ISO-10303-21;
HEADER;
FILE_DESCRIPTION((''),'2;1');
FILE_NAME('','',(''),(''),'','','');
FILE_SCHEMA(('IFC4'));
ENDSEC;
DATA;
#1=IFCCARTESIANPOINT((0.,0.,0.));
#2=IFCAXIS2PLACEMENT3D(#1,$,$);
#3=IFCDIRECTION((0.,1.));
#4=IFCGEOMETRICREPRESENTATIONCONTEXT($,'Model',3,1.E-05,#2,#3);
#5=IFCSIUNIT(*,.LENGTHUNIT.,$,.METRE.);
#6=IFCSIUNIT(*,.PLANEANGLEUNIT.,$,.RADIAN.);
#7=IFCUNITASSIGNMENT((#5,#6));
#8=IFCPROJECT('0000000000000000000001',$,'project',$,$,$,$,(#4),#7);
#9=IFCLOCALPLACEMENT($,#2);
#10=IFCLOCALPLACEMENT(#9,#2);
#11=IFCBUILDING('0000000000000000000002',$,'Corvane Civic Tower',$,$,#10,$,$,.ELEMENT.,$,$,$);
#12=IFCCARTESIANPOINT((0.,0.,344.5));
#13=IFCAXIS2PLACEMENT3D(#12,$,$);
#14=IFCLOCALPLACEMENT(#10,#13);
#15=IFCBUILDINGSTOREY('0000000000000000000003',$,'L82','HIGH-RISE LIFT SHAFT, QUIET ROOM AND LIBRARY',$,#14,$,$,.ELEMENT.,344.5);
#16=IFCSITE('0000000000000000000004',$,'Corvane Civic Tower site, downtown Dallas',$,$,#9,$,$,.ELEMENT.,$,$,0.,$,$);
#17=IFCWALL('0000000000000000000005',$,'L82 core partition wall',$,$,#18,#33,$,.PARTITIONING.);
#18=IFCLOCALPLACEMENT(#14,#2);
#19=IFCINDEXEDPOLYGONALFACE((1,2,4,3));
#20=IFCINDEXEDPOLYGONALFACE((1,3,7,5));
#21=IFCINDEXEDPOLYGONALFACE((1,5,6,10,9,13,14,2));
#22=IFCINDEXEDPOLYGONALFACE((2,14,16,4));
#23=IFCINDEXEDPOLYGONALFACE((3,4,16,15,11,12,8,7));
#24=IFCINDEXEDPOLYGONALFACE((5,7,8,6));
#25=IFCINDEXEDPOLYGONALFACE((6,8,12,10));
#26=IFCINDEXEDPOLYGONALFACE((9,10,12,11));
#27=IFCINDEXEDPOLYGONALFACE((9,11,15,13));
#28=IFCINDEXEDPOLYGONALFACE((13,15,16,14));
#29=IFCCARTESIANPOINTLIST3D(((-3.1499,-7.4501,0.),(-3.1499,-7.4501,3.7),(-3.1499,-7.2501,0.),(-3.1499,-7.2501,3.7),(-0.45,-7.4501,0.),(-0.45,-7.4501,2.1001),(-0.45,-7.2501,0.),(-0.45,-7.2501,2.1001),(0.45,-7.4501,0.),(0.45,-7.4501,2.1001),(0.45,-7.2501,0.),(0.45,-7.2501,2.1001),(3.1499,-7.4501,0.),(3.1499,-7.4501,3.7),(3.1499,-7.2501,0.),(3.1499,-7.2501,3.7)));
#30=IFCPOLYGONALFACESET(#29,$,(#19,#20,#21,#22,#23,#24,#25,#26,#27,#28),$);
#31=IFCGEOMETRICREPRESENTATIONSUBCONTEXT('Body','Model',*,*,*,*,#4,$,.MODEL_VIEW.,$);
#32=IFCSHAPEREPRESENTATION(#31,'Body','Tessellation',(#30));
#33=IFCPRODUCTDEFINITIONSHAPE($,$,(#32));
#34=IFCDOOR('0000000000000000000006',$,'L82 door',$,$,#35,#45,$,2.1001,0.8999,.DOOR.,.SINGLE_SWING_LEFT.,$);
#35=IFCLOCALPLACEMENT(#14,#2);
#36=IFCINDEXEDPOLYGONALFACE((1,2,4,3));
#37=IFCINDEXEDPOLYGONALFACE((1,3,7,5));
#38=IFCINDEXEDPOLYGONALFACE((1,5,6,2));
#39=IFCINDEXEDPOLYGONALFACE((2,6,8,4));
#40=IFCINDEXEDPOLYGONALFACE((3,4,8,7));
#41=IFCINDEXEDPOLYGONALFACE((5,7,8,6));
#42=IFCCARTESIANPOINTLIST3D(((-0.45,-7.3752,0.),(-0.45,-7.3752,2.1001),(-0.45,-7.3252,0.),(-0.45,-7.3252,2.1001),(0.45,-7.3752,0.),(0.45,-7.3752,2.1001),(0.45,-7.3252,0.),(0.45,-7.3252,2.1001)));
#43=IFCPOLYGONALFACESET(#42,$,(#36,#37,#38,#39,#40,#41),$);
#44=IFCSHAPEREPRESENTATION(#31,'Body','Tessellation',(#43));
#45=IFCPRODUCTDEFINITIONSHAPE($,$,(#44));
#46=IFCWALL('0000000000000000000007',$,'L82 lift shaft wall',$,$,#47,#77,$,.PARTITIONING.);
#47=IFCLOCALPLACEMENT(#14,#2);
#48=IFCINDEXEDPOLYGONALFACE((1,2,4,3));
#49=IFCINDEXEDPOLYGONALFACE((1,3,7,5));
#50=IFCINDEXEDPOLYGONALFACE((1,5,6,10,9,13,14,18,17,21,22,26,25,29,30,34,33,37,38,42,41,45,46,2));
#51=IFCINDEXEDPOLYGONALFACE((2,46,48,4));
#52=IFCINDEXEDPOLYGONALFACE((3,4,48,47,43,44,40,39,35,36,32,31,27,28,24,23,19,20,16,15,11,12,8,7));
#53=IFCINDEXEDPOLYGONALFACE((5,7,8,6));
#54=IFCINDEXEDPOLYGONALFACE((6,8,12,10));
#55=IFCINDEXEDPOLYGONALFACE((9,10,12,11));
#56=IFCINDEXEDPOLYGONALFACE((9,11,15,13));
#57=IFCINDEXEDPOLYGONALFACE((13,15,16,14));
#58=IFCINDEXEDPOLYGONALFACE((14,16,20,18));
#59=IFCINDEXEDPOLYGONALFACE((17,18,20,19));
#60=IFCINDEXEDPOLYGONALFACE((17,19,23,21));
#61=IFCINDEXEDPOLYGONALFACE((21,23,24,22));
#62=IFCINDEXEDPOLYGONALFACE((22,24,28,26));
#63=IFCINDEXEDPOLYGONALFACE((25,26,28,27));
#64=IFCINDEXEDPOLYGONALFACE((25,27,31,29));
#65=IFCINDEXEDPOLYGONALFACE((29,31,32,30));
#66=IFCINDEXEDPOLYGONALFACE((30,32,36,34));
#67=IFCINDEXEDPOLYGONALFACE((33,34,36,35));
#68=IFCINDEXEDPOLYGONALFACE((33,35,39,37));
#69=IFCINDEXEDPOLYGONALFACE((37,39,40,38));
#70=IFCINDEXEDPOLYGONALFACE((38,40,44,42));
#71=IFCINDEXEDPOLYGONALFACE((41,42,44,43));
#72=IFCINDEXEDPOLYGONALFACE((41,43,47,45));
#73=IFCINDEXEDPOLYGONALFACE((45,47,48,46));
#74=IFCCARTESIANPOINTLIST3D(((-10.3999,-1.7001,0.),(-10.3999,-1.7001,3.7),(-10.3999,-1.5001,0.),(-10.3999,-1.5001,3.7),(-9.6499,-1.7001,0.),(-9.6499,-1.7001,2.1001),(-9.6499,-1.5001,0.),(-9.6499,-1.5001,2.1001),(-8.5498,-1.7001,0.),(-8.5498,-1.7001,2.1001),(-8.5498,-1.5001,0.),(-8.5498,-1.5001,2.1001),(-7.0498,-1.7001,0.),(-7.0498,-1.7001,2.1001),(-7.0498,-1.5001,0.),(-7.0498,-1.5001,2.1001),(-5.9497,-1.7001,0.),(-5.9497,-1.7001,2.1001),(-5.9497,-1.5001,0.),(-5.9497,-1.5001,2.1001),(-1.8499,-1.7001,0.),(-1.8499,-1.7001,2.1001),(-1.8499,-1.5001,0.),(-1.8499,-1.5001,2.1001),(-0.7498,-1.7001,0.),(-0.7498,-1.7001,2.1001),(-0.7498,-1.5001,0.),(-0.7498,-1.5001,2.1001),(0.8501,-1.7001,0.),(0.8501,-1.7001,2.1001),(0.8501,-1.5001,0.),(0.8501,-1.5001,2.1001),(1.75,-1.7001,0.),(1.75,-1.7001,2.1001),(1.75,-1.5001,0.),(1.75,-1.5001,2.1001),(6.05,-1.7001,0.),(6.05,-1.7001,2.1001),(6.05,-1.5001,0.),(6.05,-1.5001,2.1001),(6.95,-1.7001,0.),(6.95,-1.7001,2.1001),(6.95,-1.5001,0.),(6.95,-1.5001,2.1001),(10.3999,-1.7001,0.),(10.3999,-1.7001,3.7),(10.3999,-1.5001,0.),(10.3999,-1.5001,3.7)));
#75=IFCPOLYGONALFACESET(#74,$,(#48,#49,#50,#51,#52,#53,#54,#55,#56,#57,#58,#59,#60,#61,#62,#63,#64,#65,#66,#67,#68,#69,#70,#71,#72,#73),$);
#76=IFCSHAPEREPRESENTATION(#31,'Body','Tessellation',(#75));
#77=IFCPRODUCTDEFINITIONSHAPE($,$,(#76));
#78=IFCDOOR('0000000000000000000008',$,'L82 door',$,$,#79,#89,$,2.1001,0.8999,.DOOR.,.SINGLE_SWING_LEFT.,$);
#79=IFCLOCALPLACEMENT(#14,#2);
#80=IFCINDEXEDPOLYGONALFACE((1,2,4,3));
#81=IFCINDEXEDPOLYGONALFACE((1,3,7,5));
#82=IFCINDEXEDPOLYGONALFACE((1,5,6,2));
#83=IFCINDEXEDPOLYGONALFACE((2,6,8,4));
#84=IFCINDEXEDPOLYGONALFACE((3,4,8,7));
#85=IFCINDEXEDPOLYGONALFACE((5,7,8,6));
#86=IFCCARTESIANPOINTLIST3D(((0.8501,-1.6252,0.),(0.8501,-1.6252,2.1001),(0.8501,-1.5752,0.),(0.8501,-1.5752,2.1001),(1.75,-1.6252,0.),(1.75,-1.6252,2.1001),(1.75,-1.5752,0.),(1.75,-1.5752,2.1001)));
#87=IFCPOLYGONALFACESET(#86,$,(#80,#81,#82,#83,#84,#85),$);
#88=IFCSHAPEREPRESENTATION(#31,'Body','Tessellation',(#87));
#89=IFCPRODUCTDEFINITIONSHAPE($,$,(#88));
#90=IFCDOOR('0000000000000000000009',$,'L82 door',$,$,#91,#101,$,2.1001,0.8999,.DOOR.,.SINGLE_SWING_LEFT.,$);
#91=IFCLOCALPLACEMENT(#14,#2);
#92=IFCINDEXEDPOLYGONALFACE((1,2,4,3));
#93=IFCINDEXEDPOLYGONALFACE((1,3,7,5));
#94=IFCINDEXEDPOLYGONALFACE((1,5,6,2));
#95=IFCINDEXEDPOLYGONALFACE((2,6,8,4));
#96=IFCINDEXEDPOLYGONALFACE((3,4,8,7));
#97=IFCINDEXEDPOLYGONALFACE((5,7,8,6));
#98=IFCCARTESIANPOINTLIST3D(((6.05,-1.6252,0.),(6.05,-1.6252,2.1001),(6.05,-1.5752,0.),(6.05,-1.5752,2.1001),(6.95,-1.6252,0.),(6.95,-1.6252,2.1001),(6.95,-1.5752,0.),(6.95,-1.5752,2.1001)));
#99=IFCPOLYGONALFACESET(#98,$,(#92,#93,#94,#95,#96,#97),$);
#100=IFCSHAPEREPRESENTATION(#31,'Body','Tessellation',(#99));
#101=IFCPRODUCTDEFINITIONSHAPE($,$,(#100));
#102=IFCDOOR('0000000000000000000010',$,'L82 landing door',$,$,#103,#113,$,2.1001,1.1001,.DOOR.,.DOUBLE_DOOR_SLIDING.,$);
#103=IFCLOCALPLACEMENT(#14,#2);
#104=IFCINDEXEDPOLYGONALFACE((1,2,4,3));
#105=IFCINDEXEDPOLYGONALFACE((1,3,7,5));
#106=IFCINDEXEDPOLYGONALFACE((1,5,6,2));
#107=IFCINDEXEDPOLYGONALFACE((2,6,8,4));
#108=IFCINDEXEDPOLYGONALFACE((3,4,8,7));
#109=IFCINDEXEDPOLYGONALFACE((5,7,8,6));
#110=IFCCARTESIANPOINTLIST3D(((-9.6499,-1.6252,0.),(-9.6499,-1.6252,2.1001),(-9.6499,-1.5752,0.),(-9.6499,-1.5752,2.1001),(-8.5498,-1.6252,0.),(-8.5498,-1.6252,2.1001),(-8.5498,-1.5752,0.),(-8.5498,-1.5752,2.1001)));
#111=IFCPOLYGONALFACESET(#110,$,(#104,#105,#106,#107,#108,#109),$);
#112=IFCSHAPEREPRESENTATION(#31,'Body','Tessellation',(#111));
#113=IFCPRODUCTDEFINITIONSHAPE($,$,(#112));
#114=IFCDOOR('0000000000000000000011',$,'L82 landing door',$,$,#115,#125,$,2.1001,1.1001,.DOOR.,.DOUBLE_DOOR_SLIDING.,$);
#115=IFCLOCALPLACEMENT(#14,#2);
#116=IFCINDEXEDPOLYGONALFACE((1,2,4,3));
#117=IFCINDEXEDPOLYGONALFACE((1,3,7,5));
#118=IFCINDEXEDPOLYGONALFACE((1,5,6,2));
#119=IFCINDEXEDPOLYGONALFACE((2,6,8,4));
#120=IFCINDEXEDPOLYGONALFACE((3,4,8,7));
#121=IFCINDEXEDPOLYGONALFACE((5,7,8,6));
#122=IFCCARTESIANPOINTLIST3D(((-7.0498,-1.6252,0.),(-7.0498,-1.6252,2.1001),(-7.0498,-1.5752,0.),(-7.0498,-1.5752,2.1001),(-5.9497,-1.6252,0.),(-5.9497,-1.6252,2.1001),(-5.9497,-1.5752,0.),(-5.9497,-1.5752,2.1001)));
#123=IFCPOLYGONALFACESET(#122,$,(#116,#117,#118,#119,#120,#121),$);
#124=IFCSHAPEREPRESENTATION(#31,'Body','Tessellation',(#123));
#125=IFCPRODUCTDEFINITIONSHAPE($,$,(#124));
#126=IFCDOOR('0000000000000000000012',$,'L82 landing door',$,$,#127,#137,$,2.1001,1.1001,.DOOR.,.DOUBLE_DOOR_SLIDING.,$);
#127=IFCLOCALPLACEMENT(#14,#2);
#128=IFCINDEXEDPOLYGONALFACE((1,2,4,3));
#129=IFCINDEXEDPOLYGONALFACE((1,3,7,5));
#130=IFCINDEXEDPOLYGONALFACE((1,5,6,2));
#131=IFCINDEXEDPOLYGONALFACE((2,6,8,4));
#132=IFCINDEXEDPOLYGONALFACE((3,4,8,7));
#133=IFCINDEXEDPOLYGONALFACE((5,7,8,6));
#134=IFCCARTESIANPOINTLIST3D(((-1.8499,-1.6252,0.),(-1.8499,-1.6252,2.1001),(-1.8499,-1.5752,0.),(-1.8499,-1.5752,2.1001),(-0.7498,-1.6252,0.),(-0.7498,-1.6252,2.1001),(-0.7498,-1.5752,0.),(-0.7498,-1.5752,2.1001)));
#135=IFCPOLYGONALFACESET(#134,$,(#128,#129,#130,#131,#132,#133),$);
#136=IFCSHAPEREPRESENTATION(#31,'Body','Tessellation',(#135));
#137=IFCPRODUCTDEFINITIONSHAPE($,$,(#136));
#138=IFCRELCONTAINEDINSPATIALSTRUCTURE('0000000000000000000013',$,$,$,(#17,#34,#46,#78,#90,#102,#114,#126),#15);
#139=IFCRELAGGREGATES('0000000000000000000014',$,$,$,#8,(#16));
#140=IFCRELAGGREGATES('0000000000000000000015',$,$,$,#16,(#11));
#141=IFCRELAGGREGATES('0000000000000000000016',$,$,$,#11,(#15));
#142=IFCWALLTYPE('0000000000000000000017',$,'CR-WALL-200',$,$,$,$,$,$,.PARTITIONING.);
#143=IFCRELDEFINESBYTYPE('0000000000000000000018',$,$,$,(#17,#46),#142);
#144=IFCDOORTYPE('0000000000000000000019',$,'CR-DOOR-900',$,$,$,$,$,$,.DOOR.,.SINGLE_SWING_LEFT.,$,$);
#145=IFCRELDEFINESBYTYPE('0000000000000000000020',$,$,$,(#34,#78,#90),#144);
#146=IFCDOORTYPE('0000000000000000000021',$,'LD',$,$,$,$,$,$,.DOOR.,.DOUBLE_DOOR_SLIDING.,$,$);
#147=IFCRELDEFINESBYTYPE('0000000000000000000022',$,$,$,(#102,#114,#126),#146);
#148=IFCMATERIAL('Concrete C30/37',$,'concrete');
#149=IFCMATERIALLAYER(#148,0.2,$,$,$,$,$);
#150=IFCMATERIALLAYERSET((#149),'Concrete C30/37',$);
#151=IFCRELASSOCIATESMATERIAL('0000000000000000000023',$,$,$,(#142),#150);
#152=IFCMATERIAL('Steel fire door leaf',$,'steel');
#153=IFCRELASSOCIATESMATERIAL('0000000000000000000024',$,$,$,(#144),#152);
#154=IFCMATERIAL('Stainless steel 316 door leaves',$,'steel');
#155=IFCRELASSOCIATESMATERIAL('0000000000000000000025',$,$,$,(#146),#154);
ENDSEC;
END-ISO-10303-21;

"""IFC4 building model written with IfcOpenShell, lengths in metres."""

from ifc_helpers import new_model, si_unit, direction, frame, frame_2d, origin, place, context, subcontext, project, spatial, rectangle, extrude, material, layer, layer_set, type_object, element, fill, save


model = new_model("IFC4")

# Units and contexts
model_context = context("Model", 3, precision=1e-05, world=origin(), true_north=direction((0.0, 1.0)))
body_context = subcontext(model_context, "Body", "Model", "MODEL_VIEW")
ifc_project = project(units=[si_unit("LENGTHUNIT", "METRE"), si_unit("PLANEANGLEUNIT", "RADIAN")], contexts=[model_context])

# Site, building, storey
site_placement = place(None, origin())
site = spatial("IfcSite", under=ifc_project, at=site_placement, Name="Corvane Civic Tower site, downtown Dallas", CompositionType="ELEMENT", RefElevation=0.0)
building_placement = place(site_placement, origin())
building = spatial("IfcBuilding", under=site, at=building_placement, Name="Corvane Civic Tower", CompositionType="ELEMENT")
storey_placement = place(building_placement, frame((0.0, 0.0, 344.5)))
storey = spatial("IfcBuildingStorey", under=building, at=storey_placement, Name="L82", Description="HIGH-RISE LIFT SHAFT, QUIET ROOM AND LIBRARY", CompositionType="ELEMENT", Elevation=344.5)

# Wall, opening, door
ifc_material_1 = material(Name="Concrete C30/37", Category="concrete")
ifc_layer_1 = layer(ifc_material_1, 0.2)
ifc_layer_set_1 = layer_set([ifc_layer_1], Name="Concrete C30/37")
wall_type_1 = type_object("IfcWallType", Name="CR-WALL-200", PredefinedType="PARTITIONING", material=ifc_layer_set_1)
wall_1_placement = place(storey_placement, frame((-3.1499, -7.3501, 0.0), z_axis=(0.0, 0.0, 1.0), x_axis=(1.0, 0.0, 0.0)))
wall_1 = element("IfcWall", 1, at=wall_1_placement, inside=storey, type_object=wall_type_1, Name="L82 core partition wall", PredefinedType="PARTITIONING", context=body_context, shape_type="SweptSolid", body=[
    extrude(rectangle(XDim=6.2998, YDim=0.2, at=frame_2d((3.1499, 0.0))), origin(), (0.0, 0.0, 1.0), 3.7),
])
opening_1_placement = place(wall_1_placement, frame((2.7, 0.0, 0.0)))
opening_1 = element("IfcOpeningElement", 2, at=opening_1_placement, cuts=wall_1, PredefinedType="OPENING", context=body_context, shape_type="SweptSolid", body=[
    extrude(rectangle(XDim=0.8999, YDim=2.1001, at=frame_2d((0.45, 1.05))), frame((0.0, 0.1099, 0.0), z_axis=(0.0, -1.0, 0.0), x_axis=(1.0, 0.0, 0.0)), (0.0, 0.0, 1.0), 0.22),
])
ifc_material_2 = material(Name="Steel fire door leaf", Category="steel")
door_type_1 = type_object("IfcDoorType", Name="CR-DOOR-900", OperationType="SINGLE_SWING_LEFT", PredefinedType="DOOR", material=ifc_material_2)
door_1_placement = place(opening_1_placement, origin())
door_1 = element("IfcDoor", 3, at=door_1_placement, inside=storey, type_object=door_type_1, Name="L82 door", OperationType="SINGLE_SWING_LEFT", OverallHeight=2.1001, OverallWidth=0.8999, PredefinedType="DOOR", context=body_context, shape_type="SweptSolid", body=[
    extrude(rectangle(XDim=0.8999, YDim=2.1001, at=frame_2d((0.45, 1.05))), frame((0.0, 0.0249, 0.0), z_axis=(0.0, -1.0, 0.0), x_axis=(1.0, 0.0, 0.0)), (0.0, 0.0, 1.0), 0.05),
])
fill(opening_1, door_1)

# Wall, openings, doors
wall_2_placement = place(storey_placement, frame((-10.3999, -1.6001, 0.0), z_axis=(0.0, 0.0, 1.0), x_axis=(1.0, 0.0, 0.0)))
wall_2 = element("IfcWall", 4, at=wall_2_placement, inside=storey, type_object=wall_type_1, Name="L82 lift shaft wall", PredefinedType="PARTITIONING", context=body_context, shape_type="SweptSolid", body=[
    extrude(rectangle(XDim=20.7998, YDim=0.2, at=frame_2d((10.3999, 0.0))), origin(), (0.0, 0.0, 1.0), 3.7),
])
opening_2_placement = place(wall_2_placement, frame((0.75, 0.0, 0.0)))
opening_2 = element("IfcOpeningElement", 5, at=opening_2_placement, cuts=wall_2, PredefinedType="OPENING", context=body_context, shape_type="SweptSolid", body=[
    extrude(rectangle(XDim=1.1001, YDim=2.1001, at=frame_2d((0.55, 1.05))), frame((0.0, 0.1099, 0.0), z_axis=(0.0, -1.0, 0.0), x_axis=(1.0, 0.0, 0.0)), (0.0, 0.0, 1.0), 0.22),
])
opening_3_placement = place(wall_2_placement, frame((3.3501, 0.0, 0.0)))
opening_3 = element("IfcOpeningElement", 6, at=opening_3_placement, cuts=wall_2, PredefinedType="OPENING", context=body_context, shape_type="SweptSolid", body=[
    extrude(rectangle(XDim=1.1001, YDim=2.1001, at=frame_2d((0.55, 1.05))), frame((0.0, 0.1099, 0.0), z_axis=(0.0, -1.0, 0.0), x_axis=(1.0, 0.0, 0.0)), (0.0, 0.0, 1.0), 0.22),
])
opening_4_placement = place(wall_2_placement, frame((8.55, 0.0, 0.0)))
opening_4 = element("IfcOpeningElement", 7, at=opening_4_placement, cuts=wall_2, PredefinedType="OPENING", context=body_context, shape_type="SweptSolid", body=[
    extrude(rectangle(XDim=1.1001, YDim=2.1001, at=frame_2d((0.55, 1.05))), frame((0.0, 0.1099, 0.0), z_axis=(0.0, -1.0, 0.0), x_axis=(1.0, 0.0, 0.0)), (0.0, 0.0, 1.0), 0.22),
])
opening_5_placement = place(wall_2_placement, frame((11.25, 0.0, 0.0)))
opening_5 = element("IfcOpeningElement", 8, at=opening_5_placement, cuts=wall_2, PredefinedType="OPENING", context=body_context, shape_type="SweptSolid", body=[
    extrude(rectangle(XDim=0.8999, YDim=2.1001, at=frame_2d((0.45, 1.05))), frame((0.0, 0.1099, 0.0), z_axis=(0.0, -1.0, 0.0), x_axis=(1.0, 0.0, 0.0)), (0.0, 0.0, 1.0), 0.22),
])
opening_6_placement = place(wall_2_placement, frame((16.45, 0.0, 0.0)))
opening_6 = element("IfcOpeningElement", 9, at=opening_6_placement, cuts=wall_2, PredefinedType="OPENING", context=body_context, shape_type="SweptSolid", body=[
    extrude(rectangle(XDim=0.8999, YDim=2.1001, at=frame_2d((0.45, 1.05))), frame((0.0, 0.1099, 0.0), z_axis=(0.0, -1.0, 0.0), x_axis=(1.0, 0.0, 0.0)), (0.0, 0.0, 1.0), 0.22),
])
door_2_placement = place(opening_5_placement, origin())
door_2 = element("IfcDoor", 10, at=door_2_placement, inside=storey, type_object=door_type_1, Name="L82 door", OperationType="SINGLE_SWING_LEFT", OverallHeight=2.1001, OverallWidth=0.8999, PredefinedType="DOOR", context=body_context, shape_type="SweptSolid", body=[
    extrude(rectangle(XDim=0.8999, YDim=2.1001, at=frame_2d((0.45, 1.05))), frame((0.0, 0.0249, 0.0), z_axis=(0.0, -1.0, 0.0), x_axis=(1.0, 0.0, 0.0)), (0.0, 0.0, 1.0), 0.05),
])
fill(opening_5, door_2)
door_3_placement = place(opening_6_placement, origin())
door_3 = element("IfcDoor", 11, at=door_3_placement, inside=storey, type_object=door_type_1, Name="L82 door", OperationType="SINGLE_SWING_LEFT", OverallHeight=2.1001, OverallWidth=0.8999, PredefinedType="DOOR", context=body_context, shape_type="SweptSolid", body=[
    extrude(rectangle(XDim=0.8999, YDim=2.1001, at=frame_2d((0.45, 1.05))), frame((0.0, 0.0249, 0.0), z_axis=(0.0, -1.0, 0.0), x_axis=(1.0, 0.0, 0.0)), (0.0, 0.0, 1.0), 0.05),
])
fill(opening_6, door_3)
ifc_material_3 = material(Name="Stainless steel 316 door leaves", Category="steel")
door_type_2 = type_object("IfcDoorType", Name="LD", OperationType="DOUBLE_DOOR_SLIDING", PredefinedType="DOOR", material=ifc_material_3)
door_4_placement = place(opening_2_placement, origin())
door_4 = element("IfcDoor", 12, at=door_4_placement, inside=storey, type_object=door_type_2, Name="L82 landing door", OperationType="DOUBLE_DOOR_SLIDING", OverallHeight=2.1001, OverallWidth=1.1001, PredefinedType="DOOR", context=body_context, shape_type="SweptSolid", body=[
    extrude(rectangle(XDim=1.1001, YDim=2.1001, at=frame_2d((0.55, 1.05))), frame((0.0, 0.0249, 0.0), z_axis=(0.0, -1.0, 0.0), x_axis=(1.0, 0.0, 0.0)), (0.0, 0.0, 1.0), 0.05),
])
fill(opening_2, door_4)
door_5_placement = place(opening_3_placement, origin())
door_5 = element("IfcDoor", 13, at=door_5_placement, inside=storey, type_object=door_type_2, Name="L82 landing door", OperationType="DOUBLE_DOOR_SLIDING", OverallHeight=2.1001, OverallWidth=1.1001, PredefinedType="DOOR", context=body_context, shape_type="SweptSolid", body=[
    extrude(rectangle(XDim=1.1001, YDim=2.1001, at=frame_2d((0.55, 1.05))), frame((0.0, 0.0249, 0.0), z_axis=(0.0, -1.0, 0.0), x_axis=(1.0, 0.0, 0.0)), (0.0, 0.0, 1.0), 0.05),
])
fill(opening_3, door_5)
door_6_placement = place(opening_4_placement, origin())
door_6 = element("IfcDoor", 14, at=door_6_placement, inside=storey, type_object=door_type_2, Name="L82 landing door", OperationType="DOUBLE_DOOR_SLIDING", OverallHeight=2.1001, OverallWidth=1.1001, PredefinedType="DOOR", context=body_context, shape_type="SweptSolid", body=[
    extrude(rectangle(XDim=1.1001, YDim=2.1001, at=frame_2d((0.55, 1.05))), frame((0.0, 0.0249, 0.0), z_axis=(0.0, -1.0, 0.0), x_axis=(1.0, 0.0, 0.0)), (0.0, 0.0, 1.0), 0.05),
])
fill(opening_4, door_6)

save(model, "model.ifc")
